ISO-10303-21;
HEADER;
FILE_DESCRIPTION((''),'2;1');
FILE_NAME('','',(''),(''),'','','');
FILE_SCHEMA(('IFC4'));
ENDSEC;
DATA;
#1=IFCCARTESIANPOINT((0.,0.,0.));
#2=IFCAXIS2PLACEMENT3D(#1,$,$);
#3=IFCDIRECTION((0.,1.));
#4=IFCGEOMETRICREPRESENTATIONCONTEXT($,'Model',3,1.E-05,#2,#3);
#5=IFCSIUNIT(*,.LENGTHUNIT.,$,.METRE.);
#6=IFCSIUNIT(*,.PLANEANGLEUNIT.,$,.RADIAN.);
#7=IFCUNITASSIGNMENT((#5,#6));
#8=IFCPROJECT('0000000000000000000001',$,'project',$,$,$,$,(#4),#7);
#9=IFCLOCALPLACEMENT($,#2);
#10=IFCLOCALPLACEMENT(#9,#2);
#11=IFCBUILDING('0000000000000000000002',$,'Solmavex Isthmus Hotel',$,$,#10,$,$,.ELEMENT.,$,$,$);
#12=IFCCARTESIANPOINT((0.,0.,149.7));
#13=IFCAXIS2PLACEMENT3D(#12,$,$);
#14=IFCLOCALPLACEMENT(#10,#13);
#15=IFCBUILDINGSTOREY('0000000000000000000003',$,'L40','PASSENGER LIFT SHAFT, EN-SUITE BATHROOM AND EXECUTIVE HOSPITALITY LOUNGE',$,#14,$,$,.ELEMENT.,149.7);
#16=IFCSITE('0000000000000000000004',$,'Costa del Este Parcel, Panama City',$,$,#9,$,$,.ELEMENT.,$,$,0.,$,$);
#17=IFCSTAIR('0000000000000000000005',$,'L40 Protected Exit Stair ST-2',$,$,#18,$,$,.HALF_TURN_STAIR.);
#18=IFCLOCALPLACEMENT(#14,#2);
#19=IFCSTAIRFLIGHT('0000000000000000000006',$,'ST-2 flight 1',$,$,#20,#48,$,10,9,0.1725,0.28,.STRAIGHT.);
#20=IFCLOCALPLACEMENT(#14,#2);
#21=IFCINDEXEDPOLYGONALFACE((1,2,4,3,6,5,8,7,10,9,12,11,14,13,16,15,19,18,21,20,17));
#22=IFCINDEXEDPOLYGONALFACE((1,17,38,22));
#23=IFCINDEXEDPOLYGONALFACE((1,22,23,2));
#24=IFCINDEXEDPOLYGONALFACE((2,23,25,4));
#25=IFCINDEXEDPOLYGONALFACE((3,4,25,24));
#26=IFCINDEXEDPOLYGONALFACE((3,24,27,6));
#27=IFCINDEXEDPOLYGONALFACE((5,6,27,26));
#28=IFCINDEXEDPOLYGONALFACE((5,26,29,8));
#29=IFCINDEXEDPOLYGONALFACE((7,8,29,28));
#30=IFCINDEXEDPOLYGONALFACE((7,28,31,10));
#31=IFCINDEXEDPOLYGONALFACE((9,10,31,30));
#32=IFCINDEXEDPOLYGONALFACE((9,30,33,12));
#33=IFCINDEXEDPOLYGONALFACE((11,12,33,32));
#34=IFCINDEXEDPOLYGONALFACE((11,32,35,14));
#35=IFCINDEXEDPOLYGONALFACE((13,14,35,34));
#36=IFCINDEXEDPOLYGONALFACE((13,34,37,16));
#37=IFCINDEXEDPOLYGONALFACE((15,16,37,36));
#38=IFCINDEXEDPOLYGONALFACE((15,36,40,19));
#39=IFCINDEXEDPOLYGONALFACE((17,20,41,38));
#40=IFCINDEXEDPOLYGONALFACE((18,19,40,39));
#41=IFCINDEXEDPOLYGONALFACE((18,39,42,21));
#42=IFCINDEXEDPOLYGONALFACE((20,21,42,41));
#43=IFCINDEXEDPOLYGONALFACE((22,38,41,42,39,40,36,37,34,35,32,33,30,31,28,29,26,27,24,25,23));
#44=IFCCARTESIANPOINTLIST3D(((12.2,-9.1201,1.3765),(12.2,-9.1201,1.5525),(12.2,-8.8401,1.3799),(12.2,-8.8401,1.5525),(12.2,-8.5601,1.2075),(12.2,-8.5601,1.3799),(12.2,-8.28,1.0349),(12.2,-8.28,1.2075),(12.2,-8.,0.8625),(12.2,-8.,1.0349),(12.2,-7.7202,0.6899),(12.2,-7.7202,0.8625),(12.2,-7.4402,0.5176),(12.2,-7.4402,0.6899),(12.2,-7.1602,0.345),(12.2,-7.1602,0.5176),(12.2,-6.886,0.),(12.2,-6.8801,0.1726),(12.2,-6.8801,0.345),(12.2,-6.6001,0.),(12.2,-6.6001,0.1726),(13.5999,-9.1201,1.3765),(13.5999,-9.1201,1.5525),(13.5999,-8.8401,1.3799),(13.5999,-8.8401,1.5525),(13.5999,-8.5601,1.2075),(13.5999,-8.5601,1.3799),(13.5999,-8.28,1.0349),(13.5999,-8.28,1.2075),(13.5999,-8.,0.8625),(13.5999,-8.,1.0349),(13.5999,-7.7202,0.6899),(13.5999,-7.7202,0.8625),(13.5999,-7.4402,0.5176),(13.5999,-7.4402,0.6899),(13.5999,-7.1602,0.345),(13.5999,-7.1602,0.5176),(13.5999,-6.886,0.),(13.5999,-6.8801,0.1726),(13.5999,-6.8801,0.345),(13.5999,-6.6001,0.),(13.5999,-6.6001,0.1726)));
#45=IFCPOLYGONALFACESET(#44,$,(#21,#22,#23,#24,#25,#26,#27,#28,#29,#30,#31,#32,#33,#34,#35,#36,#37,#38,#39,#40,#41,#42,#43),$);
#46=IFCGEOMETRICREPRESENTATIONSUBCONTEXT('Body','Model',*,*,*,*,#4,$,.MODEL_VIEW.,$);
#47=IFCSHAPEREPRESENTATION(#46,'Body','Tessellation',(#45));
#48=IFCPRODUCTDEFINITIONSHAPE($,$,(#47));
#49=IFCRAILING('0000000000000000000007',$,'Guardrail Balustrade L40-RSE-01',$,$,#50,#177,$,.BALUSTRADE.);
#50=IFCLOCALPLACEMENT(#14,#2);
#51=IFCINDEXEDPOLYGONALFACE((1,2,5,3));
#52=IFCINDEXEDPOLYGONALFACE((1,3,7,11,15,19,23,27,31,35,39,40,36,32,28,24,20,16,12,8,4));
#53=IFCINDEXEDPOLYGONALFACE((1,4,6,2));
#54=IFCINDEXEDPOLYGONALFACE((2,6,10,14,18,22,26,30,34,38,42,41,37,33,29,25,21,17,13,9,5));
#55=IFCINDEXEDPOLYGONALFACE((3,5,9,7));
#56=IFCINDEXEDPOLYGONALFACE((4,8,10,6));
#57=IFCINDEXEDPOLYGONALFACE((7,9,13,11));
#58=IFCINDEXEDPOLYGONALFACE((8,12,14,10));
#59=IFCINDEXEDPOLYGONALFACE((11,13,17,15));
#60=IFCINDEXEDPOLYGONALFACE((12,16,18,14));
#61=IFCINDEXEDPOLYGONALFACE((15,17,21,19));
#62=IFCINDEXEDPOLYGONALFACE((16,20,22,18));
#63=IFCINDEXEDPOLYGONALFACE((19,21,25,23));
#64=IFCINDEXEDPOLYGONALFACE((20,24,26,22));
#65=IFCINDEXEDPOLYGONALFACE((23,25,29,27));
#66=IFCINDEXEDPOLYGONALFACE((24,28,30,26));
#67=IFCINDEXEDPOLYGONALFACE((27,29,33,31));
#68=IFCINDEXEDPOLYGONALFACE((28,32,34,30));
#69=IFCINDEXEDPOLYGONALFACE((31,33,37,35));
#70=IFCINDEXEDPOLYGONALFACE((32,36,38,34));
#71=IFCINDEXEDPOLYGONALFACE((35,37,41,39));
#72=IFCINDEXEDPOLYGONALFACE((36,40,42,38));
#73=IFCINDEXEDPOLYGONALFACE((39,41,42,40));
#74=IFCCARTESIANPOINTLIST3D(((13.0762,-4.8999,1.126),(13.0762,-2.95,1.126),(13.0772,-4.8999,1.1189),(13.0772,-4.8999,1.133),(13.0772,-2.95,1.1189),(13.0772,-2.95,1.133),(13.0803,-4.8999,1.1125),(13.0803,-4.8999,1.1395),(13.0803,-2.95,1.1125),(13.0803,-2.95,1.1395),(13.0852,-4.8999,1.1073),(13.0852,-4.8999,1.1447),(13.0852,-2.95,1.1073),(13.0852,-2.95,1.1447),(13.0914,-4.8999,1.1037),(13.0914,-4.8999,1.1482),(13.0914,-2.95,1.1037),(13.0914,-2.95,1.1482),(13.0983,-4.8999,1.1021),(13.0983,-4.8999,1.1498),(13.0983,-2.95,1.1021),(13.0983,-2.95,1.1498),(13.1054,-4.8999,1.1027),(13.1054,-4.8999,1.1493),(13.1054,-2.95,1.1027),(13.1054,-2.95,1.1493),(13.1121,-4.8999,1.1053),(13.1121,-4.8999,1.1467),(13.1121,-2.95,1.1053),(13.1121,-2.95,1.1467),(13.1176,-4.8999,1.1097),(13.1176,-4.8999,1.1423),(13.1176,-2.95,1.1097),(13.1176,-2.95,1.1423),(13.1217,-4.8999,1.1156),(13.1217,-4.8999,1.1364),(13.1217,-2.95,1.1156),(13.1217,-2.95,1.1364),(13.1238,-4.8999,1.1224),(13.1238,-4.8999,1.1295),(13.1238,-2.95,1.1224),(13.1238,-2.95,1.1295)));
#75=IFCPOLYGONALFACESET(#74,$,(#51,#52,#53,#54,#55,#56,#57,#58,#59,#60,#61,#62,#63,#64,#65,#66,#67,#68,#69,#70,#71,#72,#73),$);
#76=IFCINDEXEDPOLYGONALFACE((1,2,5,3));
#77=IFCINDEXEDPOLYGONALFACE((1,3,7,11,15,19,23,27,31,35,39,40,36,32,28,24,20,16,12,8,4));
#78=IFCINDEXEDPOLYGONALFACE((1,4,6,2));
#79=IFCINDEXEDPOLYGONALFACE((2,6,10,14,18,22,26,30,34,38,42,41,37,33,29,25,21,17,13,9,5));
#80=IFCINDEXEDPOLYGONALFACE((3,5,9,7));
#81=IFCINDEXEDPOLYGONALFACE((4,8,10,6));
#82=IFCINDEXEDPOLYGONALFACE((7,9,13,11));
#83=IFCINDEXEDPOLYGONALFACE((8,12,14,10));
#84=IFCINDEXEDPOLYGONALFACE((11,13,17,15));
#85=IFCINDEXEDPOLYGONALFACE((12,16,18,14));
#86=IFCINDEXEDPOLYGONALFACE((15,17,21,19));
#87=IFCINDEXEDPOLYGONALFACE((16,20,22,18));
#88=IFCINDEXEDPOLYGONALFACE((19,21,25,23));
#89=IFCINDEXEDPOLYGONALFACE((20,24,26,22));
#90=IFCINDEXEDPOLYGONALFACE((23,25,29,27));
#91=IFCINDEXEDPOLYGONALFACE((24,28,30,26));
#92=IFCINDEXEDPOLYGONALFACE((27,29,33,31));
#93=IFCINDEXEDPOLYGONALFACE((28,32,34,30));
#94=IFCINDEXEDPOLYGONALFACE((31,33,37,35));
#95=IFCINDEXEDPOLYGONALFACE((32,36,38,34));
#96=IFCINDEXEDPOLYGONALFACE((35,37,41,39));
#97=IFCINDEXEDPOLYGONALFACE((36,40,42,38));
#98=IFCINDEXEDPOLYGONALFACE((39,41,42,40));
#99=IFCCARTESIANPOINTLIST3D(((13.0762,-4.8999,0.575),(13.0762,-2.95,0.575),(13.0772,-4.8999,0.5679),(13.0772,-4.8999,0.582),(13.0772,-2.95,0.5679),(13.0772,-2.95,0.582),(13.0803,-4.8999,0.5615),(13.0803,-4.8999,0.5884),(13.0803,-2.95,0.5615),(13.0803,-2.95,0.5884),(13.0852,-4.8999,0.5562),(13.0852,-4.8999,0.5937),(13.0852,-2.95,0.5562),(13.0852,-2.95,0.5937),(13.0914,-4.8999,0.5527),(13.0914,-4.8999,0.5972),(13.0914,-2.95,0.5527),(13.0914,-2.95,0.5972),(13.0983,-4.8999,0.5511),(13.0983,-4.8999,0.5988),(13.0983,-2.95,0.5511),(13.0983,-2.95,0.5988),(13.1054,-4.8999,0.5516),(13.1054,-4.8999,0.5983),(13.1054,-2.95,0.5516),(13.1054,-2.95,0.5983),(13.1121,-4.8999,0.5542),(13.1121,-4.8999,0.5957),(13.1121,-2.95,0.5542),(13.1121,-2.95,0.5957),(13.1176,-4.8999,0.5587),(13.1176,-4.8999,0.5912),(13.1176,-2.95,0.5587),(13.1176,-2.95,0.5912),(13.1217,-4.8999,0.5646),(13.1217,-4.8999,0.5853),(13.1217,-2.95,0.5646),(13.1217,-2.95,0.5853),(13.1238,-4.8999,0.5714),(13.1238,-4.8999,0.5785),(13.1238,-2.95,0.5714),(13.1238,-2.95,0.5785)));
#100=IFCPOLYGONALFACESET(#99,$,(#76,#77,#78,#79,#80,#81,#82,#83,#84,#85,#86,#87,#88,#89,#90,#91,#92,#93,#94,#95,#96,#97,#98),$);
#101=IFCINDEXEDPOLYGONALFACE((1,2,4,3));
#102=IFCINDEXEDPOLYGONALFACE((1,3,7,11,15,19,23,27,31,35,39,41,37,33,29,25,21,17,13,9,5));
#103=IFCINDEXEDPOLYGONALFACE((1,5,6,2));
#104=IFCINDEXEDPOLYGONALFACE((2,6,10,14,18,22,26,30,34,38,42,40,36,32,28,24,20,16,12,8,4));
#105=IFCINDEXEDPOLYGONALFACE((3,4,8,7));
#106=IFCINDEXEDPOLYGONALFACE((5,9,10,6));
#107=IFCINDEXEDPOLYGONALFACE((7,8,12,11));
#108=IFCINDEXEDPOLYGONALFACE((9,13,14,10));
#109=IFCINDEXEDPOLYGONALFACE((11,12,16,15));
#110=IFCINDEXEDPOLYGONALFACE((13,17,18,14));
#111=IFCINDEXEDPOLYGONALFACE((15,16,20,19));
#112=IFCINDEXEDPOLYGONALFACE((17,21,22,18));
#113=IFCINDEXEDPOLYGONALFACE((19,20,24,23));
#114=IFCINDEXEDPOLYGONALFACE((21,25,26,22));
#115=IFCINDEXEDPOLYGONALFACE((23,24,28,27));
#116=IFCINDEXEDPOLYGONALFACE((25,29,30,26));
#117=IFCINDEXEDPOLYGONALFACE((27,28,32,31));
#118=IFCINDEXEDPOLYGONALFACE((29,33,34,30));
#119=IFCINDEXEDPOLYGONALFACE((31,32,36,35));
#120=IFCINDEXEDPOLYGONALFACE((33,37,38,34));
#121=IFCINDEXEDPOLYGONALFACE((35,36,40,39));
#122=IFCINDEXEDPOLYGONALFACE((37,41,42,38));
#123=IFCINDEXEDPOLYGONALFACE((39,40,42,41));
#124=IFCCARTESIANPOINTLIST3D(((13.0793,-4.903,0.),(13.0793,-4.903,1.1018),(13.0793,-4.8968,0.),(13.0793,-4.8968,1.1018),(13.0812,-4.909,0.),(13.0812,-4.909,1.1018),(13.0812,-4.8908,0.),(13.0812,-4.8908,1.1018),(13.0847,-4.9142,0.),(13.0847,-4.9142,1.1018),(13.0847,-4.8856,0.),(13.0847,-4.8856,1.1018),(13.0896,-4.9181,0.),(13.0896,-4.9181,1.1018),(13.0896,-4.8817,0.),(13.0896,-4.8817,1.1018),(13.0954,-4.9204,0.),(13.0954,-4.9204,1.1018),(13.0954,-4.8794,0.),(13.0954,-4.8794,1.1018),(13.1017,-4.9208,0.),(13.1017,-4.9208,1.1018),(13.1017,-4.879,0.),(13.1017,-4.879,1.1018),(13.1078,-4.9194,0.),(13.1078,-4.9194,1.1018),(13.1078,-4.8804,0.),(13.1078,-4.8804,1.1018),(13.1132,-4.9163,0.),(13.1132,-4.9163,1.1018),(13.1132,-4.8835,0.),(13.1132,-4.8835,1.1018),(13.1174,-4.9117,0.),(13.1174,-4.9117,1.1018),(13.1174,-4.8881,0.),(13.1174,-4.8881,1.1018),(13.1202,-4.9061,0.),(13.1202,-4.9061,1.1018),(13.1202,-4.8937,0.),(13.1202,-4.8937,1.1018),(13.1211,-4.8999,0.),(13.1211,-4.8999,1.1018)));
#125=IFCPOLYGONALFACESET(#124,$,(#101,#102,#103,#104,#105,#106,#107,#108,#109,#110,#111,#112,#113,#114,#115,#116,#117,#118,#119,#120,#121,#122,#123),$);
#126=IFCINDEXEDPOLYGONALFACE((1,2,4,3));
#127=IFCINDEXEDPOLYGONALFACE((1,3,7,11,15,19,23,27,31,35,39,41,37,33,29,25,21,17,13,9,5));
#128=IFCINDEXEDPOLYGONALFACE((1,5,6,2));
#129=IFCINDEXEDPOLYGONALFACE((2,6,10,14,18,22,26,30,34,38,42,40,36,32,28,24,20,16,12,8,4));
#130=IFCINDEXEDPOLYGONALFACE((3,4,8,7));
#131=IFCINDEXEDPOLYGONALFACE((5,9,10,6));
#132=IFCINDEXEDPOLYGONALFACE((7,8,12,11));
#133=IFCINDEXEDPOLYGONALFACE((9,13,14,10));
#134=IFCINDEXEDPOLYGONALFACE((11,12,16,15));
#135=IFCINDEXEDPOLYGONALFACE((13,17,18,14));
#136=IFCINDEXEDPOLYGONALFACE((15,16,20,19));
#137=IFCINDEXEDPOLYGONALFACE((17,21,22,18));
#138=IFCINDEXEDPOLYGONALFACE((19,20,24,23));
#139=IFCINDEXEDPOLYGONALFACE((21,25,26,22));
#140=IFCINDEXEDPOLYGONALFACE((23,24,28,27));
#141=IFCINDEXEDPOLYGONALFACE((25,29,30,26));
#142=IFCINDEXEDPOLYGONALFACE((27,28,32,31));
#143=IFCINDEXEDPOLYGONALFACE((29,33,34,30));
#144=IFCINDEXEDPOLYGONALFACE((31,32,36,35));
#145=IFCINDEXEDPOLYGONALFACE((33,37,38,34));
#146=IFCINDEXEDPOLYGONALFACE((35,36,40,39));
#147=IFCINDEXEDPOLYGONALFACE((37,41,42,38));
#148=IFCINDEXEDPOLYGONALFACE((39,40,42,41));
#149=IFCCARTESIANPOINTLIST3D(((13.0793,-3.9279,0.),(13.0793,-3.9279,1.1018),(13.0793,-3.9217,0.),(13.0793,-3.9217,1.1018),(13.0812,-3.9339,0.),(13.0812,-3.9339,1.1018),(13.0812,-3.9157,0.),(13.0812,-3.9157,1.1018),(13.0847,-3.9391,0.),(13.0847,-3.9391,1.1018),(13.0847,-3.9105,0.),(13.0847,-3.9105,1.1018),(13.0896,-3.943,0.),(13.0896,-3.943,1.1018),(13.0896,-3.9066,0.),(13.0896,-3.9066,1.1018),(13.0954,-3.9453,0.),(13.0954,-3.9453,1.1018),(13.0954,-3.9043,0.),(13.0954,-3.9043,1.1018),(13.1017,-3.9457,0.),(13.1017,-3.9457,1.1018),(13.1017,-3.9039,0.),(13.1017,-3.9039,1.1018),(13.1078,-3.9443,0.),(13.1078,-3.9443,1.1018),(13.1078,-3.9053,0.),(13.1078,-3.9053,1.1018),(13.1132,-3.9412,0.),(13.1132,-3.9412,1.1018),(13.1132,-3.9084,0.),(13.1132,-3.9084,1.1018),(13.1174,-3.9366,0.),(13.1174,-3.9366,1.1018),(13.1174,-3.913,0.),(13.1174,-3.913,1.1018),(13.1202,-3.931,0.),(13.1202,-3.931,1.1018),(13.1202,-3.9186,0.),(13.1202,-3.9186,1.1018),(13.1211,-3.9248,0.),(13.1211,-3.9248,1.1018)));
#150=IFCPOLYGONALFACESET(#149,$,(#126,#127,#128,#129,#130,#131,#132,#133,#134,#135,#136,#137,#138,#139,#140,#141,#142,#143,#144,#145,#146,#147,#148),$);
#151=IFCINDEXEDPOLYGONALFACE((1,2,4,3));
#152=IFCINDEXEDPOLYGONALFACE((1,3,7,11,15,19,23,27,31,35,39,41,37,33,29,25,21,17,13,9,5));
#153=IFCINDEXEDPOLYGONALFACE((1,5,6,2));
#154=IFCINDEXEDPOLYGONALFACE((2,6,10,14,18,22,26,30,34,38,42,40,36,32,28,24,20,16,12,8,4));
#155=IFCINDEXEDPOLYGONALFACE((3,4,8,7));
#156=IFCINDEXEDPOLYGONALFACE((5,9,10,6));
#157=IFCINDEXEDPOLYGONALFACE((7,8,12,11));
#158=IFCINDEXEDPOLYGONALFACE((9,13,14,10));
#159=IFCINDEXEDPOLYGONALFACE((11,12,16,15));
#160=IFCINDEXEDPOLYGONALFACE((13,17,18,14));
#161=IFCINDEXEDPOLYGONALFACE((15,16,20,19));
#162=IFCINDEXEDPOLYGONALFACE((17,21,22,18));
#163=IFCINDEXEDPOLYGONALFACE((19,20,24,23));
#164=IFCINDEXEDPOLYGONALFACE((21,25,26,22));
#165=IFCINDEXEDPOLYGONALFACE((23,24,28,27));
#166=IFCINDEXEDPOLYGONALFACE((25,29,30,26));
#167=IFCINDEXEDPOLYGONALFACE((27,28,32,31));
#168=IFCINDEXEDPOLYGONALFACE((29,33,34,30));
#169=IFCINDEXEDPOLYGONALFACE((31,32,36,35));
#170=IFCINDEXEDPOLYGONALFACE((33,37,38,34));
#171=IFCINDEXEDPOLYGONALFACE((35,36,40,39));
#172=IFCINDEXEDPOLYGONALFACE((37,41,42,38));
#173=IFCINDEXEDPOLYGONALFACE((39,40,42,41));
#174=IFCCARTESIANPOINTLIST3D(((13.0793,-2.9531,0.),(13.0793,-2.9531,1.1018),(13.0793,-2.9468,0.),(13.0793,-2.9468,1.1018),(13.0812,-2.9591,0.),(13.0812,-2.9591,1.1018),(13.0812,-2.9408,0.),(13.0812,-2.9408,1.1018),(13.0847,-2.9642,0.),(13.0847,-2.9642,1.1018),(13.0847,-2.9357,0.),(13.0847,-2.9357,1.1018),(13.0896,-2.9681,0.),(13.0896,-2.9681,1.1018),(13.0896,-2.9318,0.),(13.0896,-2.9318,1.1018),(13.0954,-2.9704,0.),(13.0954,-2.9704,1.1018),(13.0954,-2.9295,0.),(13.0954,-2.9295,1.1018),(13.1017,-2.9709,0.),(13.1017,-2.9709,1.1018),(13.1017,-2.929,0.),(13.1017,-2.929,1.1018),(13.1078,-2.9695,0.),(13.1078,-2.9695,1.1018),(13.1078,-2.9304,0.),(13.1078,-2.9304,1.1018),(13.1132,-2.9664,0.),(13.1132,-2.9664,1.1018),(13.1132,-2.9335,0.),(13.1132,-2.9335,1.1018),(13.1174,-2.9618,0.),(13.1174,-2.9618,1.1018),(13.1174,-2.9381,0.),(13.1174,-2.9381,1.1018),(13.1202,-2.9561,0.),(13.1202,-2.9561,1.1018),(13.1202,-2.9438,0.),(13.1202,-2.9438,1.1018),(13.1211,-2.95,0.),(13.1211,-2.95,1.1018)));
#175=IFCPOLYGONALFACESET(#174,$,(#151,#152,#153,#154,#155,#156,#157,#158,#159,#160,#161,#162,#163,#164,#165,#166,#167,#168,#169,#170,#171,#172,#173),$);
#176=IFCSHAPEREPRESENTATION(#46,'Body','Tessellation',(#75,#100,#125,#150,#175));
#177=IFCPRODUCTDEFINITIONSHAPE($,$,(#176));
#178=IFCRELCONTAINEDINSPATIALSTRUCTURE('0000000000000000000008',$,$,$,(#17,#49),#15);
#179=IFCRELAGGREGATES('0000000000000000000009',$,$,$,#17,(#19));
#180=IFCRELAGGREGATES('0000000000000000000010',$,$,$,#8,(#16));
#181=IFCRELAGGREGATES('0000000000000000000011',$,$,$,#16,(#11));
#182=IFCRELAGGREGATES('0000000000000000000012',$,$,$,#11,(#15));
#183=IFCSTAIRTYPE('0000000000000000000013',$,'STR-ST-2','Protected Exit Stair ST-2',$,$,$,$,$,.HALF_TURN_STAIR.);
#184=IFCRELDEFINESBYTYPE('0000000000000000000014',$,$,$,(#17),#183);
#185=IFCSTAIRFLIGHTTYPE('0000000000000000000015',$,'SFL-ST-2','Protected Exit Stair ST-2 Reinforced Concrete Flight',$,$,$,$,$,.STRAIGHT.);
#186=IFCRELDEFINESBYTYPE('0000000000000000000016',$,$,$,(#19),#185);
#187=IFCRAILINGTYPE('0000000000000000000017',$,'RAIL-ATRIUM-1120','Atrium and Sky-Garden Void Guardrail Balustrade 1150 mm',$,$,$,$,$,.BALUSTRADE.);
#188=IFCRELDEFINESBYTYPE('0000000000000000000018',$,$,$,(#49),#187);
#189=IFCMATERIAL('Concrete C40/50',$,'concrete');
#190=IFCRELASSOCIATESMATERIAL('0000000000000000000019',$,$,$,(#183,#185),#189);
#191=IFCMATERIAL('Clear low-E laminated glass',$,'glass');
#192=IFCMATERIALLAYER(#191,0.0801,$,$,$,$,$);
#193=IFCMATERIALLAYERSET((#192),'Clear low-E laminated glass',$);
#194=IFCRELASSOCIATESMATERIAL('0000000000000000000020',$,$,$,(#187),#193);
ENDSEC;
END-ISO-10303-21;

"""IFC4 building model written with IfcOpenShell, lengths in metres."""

from ifc_helpers import new_model, si_unit, direction, frame, origin, origin_2d, place, context, subcontext, project, spatial, polyline, circle, outline, extrude, material, layer, layer_set, type_object, element, aggregate, save


model = new_model("IFC4")

# Units and contexts
model_context = context("Model", 3, precision=1e-05, world=origin(), true_north=direction((0.0, 1.0)))
body_context = subcontext(model_context, "Body", "Model", "MODEL_VIEW")
ifc_project = project(units=[si_unit("LENGTHUNIT", "METRE"), si_unit("PLANEANGLEUNIT", "RADIAN")], contexts=[model_context])

# Site, building, storey
site_placement = place(None, origin())
site = spatial("IfcSite", under=ifc_project, at=site_placement, Name="Costa del Este Parcel, Panama City", CompositionType="ELEMENT", RefElevation=0.0)
building_placement = place(site_placement, origin())
building = spatial("IfcBuilding", under=site, at=building_placement, Name="Solmavex Isthmus Hotel", CompositionType="ELEMENT")
storey_placement = place(building_placement, frame((0.0, 0.0, 149.7)))
storey = spatial("IfcBuildingStorey", under=building, at=storey_placement, Name="L40", Description="PASSENGER LIFT SHAFT, EN-SUITE BATHROOM AND EXECUTIVE HOSPITALITY LOUNGE", CompositionType="ELEMENT", Elevation=149.7)

# Shared definitions
ifc_material_1 = material(Name="Clear low-E laminated glass", Category="glass")

# Stair, stair flight
ifc_material_2 = material(Name="Concrete C40/50", Category="concrete")
stair_type = type_object("IfcStairType", Name="STR-ST-2", Description="Protected Exit Stair ST-2", PredefinedType="HALF_TURN_STAIR", material=ifc_material_2)
stair_placement = place(storey_placement, origin())
stair = element("IfcStair", 1, at=stair_placement, inside=storey, type_object=stair_type, Name="L40 Protected Exit Stair ST-2", PredefinedType="HALF_TURN_STAIR")
stair_flight_type = type_object("IfcStairFlightType", Name="SFL-ST-2", Description="Protected Exit Stair ST-2 Reinforced Concrete Flight", PredefinedType="STRAIGHT", material=ifc_material_2)
stair_flight_placement = place(storey_placement, frame((12.8999, -6.6001, 0.0), z_axis=(0.0, 0.0, 1.0), x_axis=(0.0, -1.0, 0.0)))
stair_flight = element("IfcStairFlight", 2, at=stair_flight_placement, type_object=stair_flight_type, Name="ST-2 flight 1", NumberOfRisers=10, NumberOfTreads=9, PredefinedType="STRAIGHT", RiserHeight=0.1725, TreadLength=0.28, context=body_context, shape_type="SweptSolid", body=[
    extrude(outline(polyline([(0.0, 0.0), (0.0, 0.1726), (0.28, 0.1726), (0.28, 0.345), (0.5601, 0.345), (0.5601, 0.5176), (0.8401, 0.5176), (0.8401, 0.6899), (1.1201, 0.6899), (1.1201, 0.8625), (1.3999, 0.8625), (1.3999, 1.0349), (1.6799, 1.0349), (1.6799, 1.2075), (1.96, 1.2075), (1.96, 1.3799), (2.24, 1.3799), (2.24, 1.5525), (2.52, 1.5525), (2.52, 1.7251), (2.52, 1.3765), (0.2859, 0.0), (0.0, 0.0)])), frame((0.0, 0.7, 0.0), z_axis=(0.0, -1.0, 0.0), x_axis=(1.0, 0.0, 0.0)), (0.0, 0.0, 1.0), 1.3999),
])
aggregate(stair, [stair_flight])

# Railing
ifc_layer_1 = layer(ifc_material_1, 0.0801)
ifc_layer_set_1 = layer_set([ifc_layer_1], Name="Clear low-E laminated glass")
railing_type_1 = type_object("IfcRailingType", Name="RAIL-ATRIUM-1120", Description="Atrium and Sky-Garden Void Guardrail Balustrade 1150 mm", PredefinedType="BALUSTRADE", material=ifc_layer_set_1)
railing_1_placement = place(storey_placement, frame((13.1001, -4.8999, 0.0)))
element("IfcRailing", 3, at=railing_1_placement, inside=storey, type_object=railing_type_1, Name="Guardrail Balustrade L40-RSE-01", PredefinedType="BALUSTRADE", context=body_context, shape_type="SweptSolid", body=[
    extrude(circle(Radius=0.0239, at=origin_2d()), frame((0.0, 0.0, 1.126), z_axis=(0.0, 1.0, 0.0), x_axis=(-1.0, 0.0, 0.0)), (0.0, 0.0, 1.0), 1.95),
    extrude(circle(Radius=0.0239, at=origin_2d()), frame((0.0, 0.0, 0.575), z_axis=(0.0, 1.0, 0.0), x_axis=(-1.0, 0.0, 0.0)), (0.0, 0.0, 1.0), 1.95),
    extrude(circle(Radius=0.021, at=origin_2d()), origin(), (0.0, 0.0, 1.0), 1.1018),
    extrude(circle(Radius=0.021, at=origin_2d()), frame((0.0, 0.9751, 0.0)), (0.0, 0.0, 1.0), 1.1018),
    extrude(circle(Radius=0.021, at=origin_2d()), frame((0.0, 1.95, 0.0)), (0.0, 0.0, 1.0), 1.1018),
])

save(model, "model.ifc")
